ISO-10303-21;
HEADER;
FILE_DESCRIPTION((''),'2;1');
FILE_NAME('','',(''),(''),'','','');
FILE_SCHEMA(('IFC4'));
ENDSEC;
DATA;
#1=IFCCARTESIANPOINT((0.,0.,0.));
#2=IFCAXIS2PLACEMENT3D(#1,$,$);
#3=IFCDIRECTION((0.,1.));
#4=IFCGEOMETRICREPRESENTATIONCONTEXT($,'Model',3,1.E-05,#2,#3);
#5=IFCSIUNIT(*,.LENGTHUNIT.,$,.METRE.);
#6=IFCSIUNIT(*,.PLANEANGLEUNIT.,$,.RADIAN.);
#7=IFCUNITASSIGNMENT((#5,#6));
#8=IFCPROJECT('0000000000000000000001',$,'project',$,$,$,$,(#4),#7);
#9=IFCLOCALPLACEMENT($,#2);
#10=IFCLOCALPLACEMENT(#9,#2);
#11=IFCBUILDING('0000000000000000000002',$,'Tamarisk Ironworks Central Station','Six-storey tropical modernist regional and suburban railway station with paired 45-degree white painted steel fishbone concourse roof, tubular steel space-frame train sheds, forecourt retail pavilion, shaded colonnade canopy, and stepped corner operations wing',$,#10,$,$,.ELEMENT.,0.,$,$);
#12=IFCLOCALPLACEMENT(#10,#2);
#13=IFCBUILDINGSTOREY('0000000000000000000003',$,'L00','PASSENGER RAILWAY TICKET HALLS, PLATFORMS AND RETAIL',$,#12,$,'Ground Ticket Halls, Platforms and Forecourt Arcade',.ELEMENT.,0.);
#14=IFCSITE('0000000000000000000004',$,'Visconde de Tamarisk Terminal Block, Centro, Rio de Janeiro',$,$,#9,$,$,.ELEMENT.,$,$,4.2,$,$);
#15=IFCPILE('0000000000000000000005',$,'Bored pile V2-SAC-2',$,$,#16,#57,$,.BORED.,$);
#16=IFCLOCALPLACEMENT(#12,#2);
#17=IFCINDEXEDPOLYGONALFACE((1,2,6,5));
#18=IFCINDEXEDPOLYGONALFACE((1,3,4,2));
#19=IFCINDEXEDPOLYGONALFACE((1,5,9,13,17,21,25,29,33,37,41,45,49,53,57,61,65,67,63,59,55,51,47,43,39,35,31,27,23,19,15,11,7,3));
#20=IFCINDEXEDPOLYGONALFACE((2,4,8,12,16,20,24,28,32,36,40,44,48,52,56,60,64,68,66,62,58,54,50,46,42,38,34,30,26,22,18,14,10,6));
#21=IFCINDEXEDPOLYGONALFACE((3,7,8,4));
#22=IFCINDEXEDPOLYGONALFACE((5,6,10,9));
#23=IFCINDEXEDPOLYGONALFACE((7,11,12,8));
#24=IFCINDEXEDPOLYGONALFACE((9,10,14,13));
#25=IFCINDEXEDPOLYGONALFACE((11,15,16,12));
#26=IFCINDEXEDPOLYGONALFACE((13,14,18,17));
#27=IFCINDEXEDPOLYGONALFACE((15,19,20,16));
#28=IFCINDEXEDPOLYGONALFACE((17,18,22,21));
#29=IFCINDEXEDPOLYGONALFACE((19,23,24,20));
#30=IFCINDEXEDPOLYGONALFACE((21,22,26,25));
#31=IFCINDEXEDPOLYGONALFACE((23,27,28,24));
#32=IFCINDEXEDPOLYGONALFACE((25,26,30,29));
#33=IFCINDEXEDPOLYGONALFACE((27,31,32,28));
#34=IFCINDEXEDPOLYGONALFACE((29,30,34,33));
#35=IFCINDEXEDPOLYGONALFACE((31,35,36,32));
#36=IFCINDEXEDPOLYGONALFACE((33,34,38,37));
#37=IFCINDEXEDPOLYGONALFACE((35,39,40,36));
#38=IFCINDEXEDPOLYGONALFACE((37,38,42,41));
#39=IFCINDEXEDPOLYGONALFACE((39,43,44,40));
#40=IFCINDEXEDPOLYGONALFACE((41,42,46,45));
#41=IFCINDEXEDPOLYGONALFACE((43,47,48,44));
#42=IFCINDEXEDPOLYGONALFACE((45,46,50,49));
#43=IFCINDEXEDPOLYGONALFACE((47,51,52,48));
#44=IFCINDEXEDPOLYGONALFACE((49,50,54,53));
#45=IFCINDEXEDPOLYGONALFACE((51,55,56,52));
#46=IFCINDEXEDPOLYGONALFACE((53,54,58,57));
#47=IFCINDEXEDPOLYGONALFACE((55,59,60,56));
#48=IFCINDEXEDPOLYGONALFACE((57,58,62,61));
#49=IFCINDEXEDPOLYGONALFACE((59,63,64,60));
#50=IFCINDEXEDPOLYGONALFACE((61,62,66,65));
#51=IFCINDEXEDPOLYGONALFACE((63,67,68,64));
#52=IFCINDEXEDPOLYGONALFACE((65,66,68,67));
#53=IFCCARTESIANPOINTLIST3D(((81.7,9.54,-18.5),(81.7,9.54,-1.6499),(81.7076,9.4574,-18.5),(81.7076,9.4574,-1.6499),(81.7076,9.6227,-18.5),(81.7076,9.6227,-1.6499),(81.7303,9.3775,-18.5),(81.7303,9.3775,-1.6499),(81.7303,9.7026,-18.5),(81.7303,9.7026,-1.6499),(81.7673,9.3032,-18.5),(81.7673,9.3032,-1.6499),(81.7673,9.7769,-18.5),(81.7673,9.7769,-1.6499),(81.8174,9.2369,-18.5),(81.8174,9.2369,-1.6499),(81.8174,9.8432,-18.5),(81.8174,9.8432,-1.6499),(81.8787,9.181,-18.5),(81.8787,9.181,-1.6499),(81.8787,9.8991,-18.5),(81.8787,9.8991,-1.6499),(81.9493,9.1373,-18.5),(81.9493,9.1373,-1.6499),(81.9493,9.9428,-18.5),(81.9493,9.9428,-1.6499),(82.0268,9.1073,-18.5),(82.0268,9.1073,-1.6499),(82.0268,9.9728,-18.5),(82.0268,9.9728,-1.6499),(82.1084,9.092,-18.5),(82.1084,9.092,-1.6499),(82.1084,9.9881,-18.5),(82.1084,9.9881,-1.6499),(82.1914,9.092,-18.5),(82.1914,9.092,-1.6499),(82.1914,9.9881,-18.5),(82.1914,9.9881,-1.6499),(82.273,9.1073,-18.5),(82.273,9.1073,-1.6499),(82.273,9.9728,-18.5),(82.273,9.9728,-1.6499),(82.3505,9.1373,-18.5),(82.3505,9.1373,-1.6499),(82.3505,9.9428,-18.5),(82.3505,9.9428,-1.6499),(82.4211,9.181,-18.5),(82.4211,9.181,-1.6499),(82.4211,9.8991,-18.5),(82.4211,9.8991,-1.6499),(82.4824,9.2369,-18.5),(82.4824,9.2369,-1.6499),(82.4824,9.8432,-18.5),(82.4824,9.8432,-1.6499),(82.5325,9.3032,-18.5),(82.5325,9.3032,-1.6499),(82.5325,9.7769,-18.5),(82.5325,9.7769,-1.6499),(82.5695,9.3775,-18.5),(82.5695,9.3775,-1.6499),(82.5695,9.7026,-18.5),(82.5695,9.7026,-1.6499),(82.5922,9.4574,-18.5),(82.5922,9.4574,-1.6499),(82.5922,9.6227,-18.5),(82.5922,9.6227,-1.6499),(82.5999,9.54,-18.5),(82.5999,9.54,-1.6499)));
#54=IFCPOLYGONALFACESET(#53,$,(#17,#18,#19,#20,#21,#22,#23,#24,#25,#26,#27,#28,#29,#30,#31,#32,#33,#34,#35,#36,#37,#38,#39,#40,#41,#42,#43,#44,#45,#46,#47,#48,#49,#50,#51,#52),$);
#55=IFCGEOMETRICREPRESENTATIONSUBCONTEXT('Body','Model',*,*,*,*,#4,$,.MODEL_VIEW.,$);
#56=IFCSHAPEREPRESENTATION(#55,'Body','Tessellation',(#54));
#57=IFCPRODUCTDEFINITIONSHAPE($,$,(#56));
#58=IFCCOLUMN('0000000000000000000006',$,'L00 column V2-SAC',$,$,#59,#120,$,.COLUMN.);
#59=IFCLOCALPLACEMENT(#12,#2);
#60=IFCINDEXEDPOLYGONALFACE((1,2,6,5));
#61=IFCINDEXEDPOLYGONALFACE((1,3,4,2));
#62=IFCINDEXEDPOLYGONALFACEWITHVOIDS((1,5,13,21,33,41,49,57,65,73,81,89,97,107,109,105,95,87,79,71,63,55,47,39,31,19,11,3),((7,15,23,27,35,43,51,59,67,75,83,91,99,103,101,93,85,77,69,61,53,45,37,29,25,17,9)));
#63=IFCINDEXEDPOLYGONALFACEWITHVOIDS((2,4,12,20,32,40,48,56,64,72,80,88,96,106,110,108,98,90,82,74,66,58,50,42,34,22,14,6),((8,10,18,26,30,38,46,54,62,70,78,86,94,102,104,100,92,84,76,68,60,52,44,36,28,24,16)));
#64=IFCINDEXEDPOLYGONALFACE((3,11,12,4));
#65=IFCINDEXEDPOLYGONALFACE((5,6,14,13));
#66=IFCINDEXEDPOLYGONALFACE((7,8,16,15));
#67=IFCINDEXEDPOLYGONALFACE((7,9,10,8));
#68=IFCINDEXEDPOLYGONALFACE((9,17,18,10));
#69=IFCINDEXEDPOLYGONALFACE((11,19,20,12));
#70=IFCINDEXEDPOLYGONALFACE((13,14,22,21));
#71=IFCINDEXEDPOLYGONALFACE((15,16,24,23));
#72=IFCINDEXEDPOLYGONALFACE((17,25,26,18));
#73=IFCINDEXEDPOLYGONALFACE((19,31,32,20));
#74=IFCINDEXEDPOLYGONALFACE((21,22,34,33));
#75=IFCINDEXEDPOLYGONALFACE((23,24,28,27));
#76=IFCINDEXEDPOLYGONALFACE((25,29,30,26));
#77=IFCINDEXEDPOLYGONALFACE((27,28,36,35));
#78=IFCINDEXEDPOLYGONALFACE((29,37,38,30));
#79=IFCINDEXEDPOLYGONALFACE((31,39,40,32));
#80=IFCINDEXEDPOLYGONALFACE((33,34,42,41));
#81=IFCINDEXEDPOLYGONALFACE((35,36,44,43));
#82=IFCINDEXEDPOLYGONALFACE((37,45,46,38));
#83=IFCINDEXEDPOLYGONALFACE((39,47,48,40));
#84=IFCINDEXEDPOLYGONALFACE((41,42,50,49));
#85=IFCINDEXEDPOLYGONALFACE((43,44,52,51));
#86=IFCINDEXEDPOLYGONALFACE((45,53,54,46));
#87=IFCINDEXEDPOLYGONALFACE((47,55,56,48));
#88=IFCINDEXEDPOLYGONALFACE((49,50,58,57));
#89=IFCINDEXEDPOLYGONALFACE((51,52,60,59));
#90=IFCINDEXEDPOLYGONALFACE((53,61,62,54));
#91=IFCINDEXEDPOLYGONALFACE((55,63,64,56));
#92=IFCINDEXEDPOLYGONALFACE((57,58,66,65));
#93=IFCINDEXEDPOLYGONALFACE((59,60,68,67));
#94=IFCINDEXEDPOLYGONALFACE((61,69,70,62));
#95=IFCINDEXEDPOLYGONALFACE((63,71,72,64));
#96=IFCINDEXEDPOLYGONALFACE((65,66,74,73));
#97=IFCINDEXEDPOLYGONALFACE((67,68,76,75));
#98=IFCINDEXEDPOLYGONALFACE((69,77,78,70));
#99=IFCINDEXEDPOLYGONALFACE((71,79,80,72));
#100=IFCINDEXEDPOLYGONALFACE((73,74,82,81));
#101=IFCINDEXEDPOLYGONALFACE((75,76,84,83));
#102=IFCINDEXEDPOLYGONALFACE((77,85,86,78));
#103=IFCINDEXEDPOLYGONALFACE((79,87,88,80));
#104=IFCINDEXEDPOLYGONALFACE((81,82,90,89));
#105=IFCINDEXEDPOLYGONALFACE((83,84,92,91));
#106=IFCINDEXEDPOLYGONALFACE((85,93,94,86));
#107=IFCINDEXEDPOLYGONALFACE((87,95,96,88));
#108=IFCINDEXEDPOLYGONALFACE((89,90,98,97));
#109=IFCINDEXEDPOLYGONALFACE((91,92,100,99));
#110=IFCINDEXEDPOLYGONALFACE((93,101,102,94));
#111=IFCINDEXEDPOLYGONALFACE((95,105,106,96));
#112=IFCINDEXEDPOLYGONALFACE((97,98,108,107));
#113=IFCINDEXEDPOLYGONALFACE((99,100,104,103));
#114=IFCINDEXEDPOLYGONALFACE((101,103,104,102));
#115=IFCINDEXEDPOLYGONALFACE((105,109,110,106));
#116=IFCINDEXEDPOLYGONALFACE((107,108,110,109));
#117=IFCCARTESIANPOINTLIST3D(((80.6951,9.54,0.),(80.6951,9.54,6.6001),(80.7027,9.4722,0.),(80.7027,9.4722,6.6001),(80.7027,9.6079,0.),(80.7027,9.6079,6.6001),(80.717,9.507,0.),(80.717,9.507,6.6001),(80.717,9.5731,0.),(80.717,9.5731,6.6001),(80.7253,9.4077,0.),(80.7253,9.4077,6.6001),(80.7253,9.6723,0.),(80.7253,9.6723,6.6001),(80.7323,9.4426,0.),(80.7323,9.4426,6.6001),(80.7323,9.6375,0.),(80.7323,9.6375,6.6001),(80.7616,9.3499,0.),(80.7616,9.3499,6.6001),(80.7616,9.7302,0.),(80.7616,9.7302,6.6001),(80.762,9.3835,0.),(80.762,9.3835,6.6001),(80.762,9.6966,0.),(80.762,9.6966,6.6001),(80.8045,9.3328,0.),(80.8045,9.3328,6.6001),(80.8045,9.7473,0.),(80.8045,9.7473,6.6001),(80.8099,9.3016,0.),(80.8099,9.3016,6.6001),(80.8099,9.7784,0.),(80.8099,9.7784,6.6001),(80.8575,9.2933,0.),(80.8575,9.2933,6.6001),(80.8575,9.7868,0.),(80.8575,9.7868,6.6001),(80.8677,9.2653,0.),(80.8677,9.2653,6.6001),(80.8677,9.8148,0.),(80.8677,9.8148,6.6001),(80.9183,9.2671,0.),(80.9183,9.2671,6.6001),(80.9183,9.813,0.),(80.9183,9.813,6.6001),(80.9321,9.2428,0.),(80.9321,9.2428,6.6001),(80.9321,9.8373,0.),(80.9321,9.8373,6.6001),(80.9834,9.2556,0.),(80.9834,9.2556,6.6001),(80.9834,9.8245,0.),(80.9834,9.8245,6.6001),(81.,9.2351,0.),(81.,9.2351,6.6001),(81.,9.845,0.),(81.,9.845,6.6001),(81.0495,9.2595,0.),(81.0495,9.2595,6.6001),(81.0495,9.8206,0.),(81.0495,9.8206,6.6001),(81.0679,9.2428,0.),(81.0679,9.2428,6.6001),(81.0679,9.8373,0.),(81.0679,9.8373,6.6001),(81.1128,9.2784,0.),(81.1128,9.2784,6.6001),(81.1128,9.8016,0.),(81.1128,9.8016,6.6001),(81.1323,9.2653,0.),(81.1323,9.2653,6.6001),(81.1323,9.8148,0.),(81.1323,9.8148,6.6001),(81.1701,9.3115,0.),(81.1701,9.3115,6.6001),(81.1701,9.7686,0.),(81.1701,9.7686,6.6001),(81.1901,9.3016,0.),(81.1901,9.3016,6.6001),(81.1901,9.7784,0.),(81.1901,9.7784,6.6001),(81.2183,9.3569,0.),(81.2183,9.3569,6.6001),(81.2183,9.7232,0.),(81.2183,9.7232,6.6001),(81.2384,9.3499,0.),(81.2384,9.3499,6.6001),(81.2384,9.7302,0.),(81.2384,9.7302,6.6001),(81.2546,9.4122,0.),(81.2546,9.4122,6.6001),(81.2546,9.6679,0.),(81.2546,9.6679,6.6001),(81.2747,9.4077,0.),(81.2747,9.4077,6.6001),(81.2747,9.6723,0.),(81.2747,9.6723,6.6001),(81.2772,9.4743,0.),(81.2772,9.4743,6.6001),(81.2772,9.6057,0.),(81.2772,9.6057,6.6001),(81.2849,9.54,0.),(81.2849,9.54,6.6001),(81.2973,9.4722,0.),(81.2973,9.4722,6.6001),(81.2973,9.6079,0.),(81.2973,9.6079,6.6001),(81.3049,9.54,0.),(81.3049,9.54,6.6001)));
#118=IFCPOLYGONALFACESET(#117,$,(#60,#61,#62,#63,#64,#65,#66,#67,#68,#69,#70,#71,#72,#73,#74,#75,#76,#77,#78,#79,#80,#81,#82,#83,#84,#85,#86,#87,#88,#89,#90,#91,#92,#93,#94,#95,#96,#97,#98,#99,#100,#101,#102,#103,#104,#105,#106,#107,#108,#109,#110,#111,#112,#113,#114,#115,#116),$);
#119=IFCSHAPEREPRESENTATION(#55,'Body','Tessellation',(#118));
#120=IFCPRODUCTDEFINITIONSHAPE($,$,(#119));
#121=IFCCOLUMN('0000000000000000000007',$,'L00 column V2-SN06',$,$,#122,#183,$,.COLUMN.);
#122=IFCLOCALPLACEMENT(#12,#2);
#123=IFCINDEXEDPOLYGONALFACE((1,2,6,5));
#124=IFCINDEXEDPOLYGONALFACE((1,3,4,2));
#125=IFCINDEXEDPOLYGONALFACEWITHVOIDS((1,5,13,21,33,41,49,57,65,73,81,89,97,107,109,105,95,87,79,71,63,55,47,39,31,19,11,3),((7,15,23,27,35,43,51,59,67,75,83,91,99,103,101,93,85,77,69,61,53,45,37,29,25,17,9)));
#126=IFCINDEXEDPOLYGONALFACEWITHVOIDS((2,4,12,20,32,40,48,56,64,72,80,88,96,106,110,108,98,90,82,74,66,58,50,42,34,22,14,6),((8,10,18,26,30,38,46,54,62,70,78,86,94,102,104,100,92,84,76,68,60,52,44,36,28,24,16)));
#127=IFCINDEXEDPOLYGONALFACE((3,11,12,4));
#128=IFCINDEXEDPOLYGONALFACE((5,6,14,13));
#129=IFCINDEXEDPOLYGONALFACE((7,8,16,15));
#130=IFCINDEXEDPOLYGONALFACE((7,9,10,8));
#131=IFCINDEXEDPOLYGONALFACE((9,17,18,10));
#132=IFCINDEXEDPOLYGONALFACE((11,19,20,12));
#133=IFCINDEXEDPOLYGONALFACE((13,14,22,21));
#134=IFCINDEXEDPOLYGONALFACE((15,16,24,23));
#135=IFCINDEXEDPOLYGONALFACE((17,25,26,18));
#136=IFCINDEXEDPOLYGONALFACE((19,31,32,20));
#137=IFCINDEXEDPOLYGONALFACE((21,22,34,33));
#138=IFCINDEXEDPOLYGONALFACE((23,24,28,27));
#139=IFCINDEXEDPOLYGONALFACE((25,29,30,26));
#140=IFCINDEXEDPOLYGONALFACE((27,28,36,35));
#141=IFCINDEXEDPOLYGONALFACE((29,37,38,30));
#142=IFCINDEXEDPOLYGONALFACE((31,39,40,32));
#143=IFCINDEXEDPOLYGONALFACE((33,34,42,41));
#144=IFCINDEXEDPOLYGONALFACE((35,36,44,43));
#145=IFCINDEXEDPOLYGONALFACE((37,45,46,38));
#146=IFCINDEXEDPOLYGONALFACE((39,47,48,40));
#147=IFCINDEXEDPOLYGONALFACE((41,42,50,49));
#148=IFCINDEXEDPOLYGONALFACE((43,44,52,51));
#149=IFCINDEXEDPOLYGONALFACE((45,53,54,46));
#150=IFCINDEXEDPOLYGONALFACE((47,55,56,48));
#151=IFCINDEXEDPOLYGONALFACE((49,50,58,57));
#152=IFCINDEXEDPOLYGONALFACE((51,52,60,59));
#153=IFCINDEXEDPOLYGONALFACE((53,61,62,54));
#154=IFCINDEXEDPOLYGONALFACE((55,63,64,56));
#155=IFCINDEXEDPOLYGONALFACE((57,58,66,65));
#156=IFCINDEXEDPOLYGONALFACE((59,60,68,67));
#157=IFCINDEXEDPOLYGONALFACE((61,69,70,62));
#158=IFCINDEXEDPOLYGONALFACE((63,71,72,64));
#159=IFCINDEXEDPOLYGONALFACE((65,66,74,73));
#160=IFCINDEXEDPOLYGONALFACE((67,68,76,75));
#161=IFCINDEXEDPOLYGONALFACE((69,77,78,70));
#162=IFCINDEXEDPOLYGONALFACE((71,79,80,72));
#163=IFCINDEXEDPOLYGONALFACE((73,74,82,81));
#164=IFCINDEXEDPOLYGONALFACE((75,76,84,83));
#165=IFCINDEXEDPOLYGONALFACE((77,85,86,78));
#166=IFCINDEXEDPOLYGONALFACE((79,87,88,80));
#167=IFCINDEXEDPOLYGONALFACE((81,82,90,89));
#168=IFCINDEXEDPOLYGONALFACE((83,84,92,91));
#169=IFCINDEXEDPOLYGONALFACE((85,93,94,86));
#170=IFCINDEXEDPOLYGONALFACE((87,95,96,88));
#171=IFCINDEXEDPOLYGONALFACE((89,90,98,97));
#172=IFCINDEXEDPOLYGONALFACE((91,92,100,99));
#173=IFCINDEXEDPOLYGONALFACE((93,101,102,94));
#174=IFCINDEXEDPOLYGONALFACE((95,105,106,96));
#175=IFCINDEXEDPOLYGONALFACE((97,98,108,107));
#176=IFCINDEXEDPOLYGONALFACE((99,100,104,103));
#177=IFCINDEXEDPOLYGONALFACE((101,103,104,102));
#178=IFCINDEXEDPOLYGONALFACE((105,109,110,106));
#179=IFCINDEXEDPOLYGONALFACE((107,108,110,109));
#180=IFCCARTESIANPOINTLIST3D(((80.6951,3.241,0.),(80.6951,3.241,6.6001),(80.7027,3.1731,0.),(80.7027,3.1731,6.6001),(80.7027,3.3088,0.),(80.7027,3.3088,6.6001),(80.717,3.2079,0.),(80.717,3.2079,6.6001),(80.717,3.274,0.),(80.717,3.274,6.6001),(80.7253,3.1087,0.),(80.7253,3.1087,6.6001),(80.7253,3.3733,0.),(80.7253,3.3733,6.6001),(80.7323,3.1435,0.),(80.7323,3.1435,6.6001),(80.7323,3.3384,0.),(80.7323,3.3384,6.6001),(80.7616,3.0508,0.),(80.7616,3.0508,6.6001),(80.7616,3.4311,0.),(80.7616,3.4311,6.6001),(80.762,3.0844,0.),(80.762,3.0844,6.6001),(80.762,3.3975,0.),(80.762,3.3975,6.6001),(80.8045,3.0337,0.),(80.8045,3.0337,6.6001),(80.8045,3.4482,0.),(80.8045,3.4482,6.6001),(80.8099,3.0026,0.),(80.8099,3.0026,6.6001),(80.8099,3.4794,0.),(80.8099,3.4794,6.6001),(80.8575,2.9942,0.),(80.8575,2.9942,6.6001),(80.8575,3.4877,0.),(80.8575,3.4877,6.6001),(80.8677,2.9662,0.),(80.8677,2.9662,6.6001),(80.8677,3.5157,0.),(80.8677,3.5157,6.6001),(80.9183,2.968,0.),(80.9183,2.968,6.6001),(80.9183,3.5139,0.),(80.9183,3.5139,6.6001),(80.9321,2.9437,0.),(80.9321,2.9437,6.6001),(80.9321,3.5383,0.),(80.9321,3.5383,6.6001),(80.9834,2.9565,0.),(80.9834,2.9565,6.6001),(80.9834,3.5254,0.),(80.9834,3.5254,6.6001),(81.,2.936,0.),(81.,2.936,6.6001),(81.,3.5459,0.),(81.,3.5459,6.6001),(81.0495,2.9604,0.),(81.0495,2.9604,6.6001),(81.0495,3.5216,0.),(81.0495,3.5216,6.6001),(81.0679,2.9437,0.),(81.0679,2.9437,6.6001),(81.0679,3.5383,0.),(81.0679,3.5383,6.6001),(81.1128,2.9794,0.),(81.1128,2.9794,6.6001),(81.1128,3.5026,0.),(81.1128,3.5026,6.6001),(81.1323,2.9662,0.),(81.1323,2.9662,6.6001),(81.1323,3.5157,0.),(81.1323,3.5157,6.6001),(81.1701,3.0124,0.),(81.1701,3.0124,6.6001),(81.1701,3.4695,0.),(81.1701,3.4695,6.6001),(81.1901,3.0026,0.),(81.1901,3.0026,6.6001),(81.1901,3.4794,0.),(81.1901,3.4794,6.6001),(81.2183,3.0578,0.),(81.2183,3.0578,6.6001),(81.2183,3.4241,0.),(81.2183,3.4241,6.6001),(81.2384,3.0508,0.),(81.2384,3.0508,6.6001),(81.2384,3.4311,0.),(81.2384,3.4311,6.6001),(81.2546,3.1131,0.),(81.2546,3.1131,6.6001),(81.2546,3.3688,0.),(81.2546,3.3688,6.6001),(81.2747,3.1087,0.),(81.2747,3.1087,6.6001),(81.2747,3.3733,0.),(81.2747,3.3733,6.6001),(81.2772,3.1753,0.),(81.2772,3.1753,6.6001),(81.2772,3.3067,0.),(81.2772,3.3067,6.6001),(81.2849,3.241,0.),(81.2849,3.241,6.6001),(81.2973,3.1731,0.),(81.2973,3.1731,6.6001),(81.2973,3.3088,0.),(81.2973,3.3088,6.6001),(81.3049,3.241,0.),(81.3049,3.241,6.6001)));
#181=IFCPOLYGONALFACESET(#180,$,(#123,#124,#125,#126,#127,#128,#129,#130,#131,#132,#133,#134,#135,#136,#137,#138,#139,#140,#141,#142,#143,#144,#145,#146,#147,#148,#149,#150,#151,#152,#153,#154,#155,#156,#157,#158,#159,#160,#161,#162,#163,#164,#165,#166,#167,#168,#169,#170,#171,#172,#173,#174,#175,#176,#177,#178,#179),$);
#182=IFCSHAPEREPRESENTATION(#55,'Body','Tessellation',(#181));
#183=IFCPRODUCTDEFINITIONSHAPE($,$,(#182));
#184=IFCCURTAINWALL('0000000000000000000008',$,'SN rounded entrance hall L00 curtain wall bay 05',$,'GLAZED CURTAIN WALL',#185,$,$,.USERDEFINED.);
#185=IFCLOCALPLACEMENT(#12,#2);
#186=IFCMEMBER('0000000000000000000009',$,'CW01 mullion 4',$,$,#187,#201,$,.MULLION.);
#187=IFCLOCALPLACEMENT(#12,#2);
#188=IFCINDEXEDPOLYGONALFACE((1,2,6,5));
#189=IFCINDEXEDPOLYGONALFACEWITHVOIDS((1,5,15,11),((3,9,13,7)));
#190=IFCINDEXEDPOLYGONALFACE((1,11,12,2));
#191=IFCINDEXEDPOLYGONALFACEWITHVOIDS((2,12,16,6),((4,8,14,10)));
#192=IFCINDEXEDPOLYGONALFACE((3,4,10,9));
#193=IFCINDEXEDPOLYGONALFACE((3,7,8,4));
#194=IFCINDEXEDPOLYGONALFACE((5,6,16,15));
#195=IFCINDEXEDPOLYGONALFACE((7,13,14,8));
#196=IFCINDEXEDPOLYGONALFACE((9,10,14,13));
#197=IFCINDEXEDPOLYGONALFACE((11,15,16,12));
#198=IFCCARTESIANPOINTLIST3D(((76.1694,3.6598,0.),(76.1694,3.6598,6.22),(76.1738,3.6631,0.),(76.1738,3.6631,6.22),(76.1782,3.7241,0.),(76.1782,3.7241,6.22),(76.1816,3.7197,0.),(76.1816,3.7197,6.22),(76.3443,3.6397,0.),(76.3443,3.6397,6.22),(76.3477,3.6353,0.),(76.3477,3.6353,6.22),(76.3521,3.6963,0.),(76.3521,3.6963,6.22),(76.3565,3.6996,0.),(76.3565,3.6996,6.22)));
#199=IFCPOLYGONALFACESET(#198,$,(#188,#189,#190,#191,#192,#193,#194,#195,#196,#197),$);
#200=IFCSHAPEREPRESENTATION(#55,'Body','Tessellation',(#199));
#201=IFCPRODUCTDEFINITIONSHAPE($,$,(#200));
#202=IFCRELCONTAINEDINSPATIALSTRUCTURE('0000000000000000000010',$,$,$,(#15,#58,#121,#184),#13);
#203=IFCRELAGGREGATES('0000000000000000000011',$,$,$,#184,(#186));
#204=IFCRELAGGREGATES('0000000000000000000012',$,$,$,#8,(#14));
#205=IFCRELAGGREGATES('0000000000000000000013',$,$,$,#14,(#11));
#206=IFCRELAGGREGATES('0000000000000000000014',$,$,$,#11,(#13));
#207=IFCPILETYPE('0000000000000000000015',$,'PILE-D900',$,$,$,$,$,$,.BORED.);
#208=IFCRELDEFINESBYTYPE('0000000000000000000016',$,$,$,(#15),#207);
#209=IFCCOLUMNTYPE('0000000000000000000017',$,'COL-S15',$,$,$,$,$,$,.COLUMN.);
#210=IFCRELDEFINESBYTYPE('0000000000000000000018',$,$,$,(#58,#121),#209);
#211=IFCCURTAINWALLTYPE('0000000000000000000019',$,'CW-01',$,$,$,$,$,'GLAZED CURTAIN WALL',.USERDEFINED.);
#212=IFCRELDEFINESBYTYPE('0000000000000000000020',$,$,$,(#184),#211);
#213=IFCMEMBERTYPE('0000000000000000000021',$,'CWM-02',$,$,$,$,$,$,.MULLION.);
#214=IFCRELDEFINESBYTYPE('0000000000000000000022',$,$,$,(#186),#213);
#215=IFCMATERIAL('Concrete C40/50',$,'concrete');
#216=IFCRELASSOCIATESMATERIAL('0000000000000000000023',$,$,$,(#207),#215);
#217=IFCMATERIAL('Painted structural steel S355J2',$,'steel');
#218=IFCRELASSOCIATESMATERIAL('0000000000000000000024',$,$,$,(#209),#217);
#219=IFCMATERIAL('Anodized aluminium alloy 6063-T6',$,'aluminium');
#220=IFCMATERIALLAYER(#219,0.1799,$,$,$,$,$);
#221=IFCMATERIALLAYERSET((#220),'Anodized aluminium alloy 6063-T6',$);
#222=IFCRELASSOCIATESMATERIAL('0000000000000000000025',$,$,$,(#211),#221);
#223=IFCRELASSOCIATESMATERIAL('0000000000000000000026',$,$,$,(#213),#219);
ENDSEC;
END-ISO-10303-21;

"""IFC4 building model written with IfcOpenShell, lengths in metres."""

from ifc_helpers import new_model, si_unit, direction, frame, origin, origin_2d, place, context, subcontext, project, spatial, hollow_rectangle, circle, hollow_circle, extrude, material, layer, layer_set, material_profile, profile_set, type_object, element, aggregate, save


model = new_model("IFC4")

# Units and contexts
model_context = context("Model", 3, precision=1e-05, world=origin(), true_north=direction((0.0, 1.0)))
body_context = subcontext(model_context, "Body", "Model", "MODEL_VIEW")
ifc_project = project(units=[si_unit("LENGTHUNIT", "METRE"), si_unit("PLANEANGLEUNIT", "RADIAN")], contexts=[model_context])

# Site, building, storey
site_placement = place(None, origin())
site = spatial("IfcSite", under=ifc_project, at=site_placement, Name="Visconde de Tamarisk Terminal Block, Centro, Rio de Janeiro", CompositionType="ELEMENT", RefElevation=4.2)
building_placement = place(site_placement, origin())
building = spatial("IfcBuilding", under=site, at=building_placement, Name="Tamarisk Ironworks Central Station", Description="Six-storey tropical modernist regional and suburban railway station with paired 45-degree white painted steel fishbone concourse roof, tubular steel space-frame train sheds, forecourt retail pavilion, shaded colonnade canopy, and stepped corner operations wing", CompositionType="ELEMENT", ElevationOfRefHeight=0.0)
storey_placement = place(building_placement, origin())
storey = spatial("IfcBuildingStorey", under=building, at=storey_placement, Name="L00", Description="PASSENGER RAILWAY TICKET HALLS, PLATFORMS AND RETAIL", LongName="Ground Ticket Halls, Platforms and Forecourt Arcade", CompositionType="ELEMENT", Elevation=0.0)

# Shared definitions
ifc_material_1 = material(Name="Concrete C40/50", Category="concrete")

# Pile
ifc_material_profile_1 = material_profile(ifc_material_1, circle(Radius=0.45, at=origin_2d()), Name="BORED PILE D900")
ifc_profile_set_1 = profile_set([ifc_material_profile_1], Name="Concrete C40/50")
pile_type_1 = type_object("IfcPileType", Name="PILE-D900", PredefinedType="BORED", material=ifc_profile_set_1)
for number, where, z_axis, x_axis, name in (
    (1, (82.1499, 9.54, -1.6499), (0.0, 0.0, -1.0), (1.0, 0.0, 0.0), "Bored pile V2-SAC-2"),
):
    element("IfcPile", number, at=place(storey_placement, frame(where, z_axis=z_axis, x_axis=x_axis)), inside=storey, type_object=pile_type_1, Name=name, PredefinedType="BORED", context=body_context, shape_type="SweptSolid", body=[
        extrude(circle(Radius=0.45, at=origin_2d()), origin(), (0.0, 0.0, 1.0), 16.8501),
    ])

# Columns
ifc_material_2 = material(Name="Painted structural steel S355J2", Category="steel")
ifc_material_profile_2 = material_profile(ifc_material_2, hollow_circle(Radius=0.3049, WallThickness=0.02, at=origin_2d()), Name="CHS 610x20")
ifc_profile_set_2 = profile_set([ifc_material_profile_2], Name="Painted structural steel S355J2")
column_type = type_object("IfcColumnType", Name="COL-S15", PredefinedType="COLUMN", material=ifc_profile_set_2)
for number, where, z_axis, x_axis, name in (
    (2, (81.0, 9.54, 0.0), (0.0, 0.0, 1.0), (1.0, 0.0, 0.0), "L00 column V2-SAC"),
    (3, (81.0, 3.241, 0.0), (0.0, 0.0, 1.0), (1.0, 0.0, 0.0), "L00 column V2-SN06"),
):
    element("IfcColumn", number, at=place(storey_placement, frame(where, z_axis=z_axis, x_axis=x_axis)), inside=storey, type_object=column_type, Name=name, PredefinedType="COLUMN", context=body_context, shape_type="SweptSolid", body=[
        extrude(hollow_circle(Radius=0.3049, WallThickness=0.02, at=origin_2d()), origin(), (0.0, 0.0, 1.0), 6.6001),
    ])

# Curtain wall, member
ifc_material_3 = material(Name="Anodized aluminium alloy 6063-T6", Category="aluminium")
ifc_layer_1 = layer(ifc_material_3, 0.1799)
ifc_layer_set_1 = layer_set([ifc_layer_1], Name="Anodized aluminium alloy 6063-T6")
curtain_wall_type = type_object("IfcCurtainWallType", Name="CW-01", ElementType="GLAZED CURTAIN WALL", PredefinedType="USERDEFINED", material=ifc_layer_set_1)
curtain_wall_1_placement = place(storey_placement, origin())
curtain_wall_1 = element("IfcCurtainWall", 4, at=curtain_wall_1_placement, inside=storey, type_object=curtain_wall_type, Name="SN rounded entrance hall L00 curtain wall bay 05", ObjectType="GLAZED CURTAIN WALL", PredefinedType="USERDEFINED")
ifc_material_profile_3 = material_profile(ifc_material_3, hollow_rectangle(XDim=0.0649, YDim=0.1799, WallThickness=0.0039, at=origin_2d()), Name="ALUM 180x65")
ifc_profile_set_3 = profile_set([ifc_material_profile_3], Name="Anodized aluminium alloy 6063-T6")
member_type_1 = type_object("IfcMemberType", Name="CWM-02", PredefinedType="MULLION", material=ifc_profile_set_3)
member_1_placement = place(storey_placement, frame((76.2629, 3.6797, 0.0), z_axis=(0.0, 0.0, 1.0), x_axis=(0.136042, 0.990703, 0.0)))
member_1 = element("IfcMember", 5, at=member_1_placement, type_object=member_type_1, Name="CW01 mullion 4", PredefinedType="MULLION", context=body_context, shape_type="SweptSolid", body=[
    extrude(hollow_rectangle(XDim=0.0649, YDim=0.1799, WallThickness=0.0039, at=origin_2d()), origin(), (0.0, 0.0, 1.0), 6.22),
])

aggregate(curtain_wall_1, [member_1])

save(model, "model.ifc")
